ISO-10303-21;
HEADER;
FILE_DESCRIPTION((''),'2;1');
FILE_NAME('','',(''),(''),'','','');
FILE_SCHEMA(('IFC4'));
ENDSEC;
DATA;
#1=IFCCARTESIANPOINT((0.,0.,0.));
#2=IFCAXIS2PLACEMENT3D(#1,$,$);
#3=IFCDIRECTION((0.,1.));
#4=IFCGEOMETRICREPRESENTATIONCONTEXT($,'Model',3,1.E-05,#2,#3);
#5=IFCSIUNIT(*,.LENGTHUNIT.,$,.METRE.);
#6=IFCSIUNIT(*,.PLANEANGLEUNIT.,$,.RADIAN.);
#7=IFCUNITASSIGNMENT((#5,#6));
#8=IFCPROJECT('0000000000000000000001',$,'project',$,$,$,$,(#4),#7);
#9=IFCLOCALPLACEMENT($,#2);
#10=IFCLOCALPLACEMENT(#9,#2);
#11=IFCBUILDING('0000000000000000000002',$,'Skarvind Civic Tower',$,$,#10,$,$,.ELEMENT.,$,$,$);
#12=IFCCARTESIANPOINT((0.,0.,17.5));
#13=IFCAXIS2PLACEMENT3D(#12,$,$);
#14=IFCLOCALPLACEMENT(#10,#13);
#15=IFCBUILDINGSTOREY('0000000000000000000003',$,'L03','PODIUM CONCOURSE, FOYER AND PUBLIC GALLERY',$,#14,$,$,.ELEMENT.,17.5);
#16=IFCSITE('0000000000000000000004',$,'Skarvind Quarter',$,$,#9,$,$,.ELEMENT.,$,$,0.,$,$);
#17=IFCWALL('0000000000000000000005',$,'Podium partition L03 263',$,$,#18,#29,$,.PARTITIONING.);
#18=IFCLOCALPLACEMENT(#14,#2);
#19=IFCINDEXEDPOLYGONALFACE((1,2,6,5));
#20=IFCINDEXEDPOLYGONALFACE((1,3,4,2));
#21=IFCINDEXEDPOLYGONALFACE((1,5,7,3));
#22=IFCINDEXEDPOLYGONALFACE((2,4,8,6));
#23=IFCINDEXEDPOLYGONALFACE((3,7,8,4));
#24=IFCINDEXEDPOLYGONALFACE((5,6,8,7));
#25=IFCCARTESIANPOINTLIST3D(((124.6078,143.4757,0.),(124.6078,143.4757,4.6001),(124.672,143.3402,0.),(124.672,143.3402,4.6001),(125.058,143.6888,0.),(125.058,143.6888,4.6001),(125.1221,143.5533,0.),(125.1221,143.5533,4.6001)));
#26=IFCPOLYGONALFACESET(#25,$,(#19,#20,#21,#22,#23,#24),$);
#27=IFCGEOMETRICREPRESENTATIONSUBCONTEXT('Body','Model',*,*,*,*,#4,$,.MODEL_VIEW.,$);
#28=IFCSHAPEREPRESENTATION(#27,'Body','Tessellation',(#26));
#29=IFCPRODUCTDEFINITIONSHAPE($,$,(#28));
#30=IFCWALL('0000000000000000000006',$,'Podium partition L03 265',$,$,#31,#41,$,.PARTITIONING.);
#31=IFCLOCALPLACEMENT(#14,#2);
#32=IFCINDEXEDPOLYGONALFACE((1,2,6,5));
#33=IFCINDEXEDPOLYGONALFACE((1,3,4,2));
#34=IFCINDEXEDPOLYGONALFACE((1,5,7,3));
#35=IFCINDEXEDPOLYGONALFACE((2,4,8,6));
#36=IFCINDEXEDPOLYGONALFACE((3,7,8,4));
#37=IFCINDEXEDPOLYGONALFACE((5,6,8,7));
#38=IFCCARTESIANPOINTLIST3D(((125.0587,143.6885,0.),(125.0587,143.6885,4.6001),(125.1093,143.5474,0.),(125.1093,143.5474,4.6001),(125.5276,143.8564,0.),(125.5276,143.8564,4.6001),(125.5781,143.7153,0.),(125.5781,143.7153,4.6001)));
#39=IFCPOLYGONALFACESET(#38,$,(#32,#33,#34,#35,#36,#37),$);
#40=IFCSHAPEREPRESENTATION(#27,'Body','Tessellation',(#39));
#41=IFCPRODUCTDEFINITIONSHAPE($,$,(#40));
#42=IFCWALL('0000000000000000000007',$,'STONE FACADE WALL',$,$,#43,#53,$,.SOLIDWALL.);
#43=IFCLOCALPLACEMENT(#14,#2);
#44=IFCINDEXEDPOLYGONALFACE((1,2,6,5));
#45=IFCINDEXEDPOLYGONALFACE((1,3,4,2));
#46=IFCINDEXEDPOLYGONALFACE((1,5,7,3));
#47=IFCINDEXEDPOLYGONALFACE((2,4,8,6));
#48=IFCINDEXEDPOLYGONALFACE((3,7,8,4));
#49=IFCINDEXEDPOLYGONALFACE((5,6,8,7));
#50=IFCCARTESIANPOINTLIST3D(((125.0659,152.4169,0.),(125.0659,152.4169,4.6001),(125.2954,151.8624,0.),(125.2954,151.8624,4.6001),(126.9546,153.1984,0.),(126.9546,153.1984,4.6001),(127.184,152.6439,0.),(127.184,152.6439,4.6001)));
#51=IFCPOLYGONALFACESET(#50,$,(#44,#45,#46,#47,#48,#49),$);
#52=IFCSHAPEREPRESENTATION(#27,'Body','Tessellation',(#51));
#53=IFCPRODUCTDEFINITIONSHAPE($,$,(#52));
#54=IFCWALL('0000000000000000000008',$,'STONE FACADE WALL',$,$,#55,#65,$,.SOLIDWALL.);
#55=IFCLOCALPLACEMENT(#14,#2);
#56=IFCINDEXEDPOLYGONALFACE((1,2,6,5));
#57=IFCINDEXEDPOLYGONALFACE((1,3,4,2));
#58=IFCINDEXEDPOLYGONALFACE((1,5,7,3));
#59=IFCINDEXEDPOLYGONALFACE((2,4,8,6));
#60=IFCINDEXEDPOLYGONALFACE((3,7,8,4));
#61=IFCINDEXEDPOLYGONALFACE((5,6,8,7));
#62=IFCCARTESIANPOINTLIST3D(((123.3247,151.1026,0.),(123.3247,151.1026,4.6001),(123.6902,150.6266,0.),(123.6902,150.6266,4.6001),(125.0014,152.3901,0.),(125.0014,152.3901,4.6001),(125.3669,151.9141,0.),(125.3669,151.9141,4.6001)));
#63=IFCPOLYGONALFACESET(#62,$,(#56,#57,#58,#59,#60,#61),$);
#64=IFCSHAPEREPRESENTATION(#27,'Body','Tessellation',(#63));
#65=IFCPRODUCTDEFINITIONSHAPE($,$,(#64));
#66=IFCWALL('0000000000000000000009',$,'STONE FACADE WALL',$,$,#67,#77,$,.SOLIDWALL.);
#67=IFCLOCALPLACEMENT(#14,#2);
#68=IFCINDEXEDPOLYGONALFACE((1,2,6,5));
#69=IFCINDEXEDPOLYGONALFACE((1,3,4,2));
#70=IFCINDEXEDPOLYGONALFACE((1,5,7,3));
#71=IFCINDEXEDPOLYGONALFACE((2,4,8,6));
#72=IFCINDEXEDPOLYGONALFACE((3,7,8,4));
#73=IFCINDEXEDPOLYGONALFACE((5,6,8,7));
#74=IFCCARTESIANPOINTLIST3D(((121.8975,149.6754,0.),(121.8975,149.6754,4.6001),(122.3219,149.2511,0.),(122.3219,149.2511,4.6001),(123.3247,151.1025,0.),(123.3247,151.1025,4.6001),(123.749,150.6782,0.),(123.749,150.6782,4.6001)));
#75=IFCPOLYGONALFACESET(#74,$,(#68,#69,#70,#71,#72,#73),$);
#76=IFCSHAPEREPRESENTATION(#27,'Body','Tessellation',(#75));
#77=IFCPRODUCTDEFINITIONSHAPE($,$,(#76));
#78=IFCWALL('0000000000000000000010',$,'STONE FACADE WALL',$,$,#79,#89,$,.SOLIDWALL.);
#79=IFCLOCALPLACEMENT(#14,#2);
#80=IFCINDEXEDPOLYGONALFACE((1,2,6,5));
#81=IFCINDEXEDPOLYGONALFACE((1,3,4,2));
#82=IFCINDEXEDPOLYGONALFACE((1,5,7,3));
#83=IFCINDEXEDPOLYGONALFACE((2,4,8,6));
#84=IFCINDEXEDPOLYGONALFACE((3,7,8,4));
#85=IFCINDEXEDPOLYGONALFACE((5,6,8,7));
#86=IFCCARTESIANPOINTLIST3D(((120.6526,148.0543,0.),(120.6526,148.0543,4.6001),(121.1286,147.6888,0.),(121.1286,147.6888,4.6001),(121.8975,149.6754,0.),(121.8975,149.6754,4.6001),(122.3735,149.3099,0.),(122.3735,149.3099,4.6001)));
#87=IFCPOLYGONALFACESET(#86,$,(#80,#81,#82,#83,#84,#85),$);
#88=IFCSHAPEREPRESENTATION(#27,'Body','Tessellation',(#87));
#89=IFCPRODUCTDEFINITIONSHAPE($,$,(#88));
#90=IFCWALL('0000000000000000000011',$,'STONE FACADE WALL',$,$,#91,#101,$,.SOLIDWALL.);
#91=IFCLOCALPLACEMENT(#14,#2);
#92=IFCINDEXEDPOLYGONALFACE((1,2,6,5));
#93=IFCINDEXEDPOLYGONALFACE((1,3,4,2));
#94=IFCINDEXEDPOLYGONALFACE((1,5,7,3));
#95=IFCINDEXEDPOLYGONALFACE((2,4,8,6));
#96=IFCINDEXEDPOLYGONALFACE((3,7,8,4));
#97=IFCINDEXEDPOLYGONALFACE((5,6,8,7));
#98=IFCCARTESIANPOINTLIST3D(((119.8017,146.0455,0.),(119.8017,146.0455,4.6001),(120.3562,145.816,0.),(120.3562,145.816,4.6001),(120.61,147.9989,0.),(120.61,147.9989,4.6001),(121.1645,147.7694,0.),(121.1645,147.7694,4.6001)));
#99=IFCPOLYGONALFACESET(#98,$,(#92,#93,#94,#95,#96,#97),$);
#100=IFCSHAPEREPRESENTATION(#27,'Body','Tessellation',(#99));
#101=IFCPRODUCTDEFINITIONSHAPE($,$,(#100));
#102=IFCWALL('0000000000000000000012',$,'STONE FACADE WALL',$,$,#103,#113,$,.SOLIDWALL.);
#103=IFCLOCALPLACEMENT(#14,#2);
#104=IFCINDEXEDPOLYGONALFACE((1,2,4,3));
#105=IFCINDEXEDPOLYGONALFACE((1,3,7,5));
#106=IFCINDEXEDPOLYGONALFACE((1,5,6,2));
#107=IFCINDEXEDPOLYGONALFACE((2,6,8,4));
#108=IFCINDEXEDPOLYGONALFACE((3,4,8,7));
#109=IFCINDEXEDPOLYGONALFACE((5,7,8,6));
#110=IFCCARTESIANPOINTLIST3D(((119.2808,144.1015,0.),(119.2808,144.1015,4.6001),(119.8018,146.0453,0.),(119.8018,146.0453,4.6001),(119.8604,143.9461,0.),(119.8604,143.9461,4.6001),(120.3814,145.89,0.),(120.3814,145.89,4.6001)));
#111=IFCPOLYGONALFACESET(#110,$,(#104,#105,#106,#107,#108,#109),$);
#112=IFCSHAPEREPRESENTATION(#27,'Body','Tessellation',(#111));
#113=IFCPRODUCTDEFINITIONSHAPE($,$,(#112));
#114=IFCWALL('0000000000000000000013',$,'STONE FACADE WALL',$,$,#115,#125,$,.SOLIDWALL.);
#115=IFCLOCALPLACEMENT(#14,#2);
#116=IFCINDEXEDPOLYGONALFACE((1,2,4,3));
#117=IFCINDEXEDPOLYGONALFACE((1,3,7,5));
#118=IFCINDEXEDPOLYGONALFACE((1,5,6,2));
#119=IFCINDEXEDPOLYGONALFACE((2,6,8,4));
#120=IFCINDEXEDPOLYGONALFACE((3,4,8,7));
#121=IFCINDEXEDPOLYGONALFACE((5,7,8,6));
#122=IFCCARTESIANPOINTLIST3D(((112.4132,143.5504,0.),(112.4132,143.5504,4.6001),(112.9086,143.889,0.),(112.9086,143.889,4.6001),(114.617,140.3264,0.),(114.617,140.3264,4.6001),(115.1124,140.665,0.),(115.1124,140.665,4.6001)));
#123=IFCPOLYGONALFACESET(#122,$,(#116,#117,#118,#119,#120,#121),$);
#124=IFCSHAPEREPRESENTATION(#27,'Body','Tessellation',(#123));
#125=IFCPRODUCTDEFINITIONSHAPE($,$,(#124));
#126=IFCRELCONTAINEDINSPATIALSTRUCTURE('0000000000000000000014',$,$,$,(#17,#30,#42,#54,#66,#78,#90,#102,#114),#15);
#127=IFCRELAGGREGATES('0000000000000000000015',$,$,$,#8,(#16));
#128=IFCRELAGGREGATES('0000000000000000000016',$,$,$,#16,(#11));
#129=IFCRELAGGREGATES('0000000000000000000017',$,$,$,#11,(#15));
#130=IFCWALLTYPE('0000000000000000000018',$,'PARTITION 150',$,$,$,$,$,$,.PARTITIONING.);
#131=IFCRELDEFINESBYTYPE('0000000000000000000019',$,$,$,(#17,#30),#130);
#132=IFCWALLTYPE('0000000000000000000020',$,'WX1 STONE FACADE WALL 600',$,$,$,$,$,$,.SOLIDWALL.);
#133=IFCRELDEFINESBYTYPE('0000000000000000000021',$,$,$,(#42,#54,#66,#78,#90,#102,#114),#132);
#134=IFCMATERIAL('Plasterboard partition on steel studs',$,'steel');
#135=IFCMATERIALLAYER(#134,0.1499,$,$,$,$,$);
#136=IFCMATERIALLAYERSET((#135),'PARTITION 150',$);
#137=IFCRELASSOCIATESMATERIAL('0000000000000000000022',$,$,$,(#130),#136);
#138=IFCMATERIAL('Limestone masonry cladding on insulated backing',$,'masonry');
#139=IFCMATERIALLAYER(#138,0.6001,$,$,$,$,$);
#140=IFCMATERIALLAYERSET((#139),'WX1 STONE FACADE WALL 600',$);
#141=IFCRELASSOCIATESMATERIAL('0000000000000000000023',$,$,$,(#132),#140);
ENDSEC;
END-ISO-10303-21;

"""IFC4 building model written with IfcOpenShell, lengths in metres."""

from ifc_helpers import new_model, si_unit, direction, frame, frame_2d, origin, place, context, subcontext, project, spatial, rectangle, extrude, material, layer, layer_set, type_object, element, save


model = new_model("IFC4")

# Units and contexts
model_context = context("Model", 3, precision=1e-05, world=origin(), true_north=direction((0.0, 1.0)))
body_context = subcontext(model_context, "Body", "Model", "MODEL_VIEW")
ifc_project = project(units=[si_unit("LENGTHUNIT", "METRE"), si_unit("PLANEANGLEUNIT", "RADIAN")], contexts=[model_context])

# Site, building, storey
site_placement = place(None, origin())
site = spatial("IfcSite", under=ifc_project, at=site_placement, Name="Skarvind Quarter", CompositionType="ELEMENT", RefElevation=0.0)
building_placement = place(site_placement, origin())
building = spatial("IfcBuilding", under=site, at=building_placement, Name="Skarvind Civic Tower", CompositionType="ELEMENT")
storey_placement = place(building_placement, frame((0.0, 0.0, 17.5)))
storey = spatial("IfcBuildingStorey", under=building, at=storey_placement, Name="L03", Description="PODIUM CONCOURSE, FOYER AND PUBLIC GALLERY", CompositionType="ELEMENT", Elevation=17.5)

# Walls
ifc_material_1 = material(Name="Plasterboard partition on steel studs", Category="steel")
ifc_layer_1 = layer(ifc_material_1, 0.1499)
ifc_layer_set_1 = layer_set([ifc_layer_1], Name="PARTITION 150")
wall_type_1 = type_object("IfcWallType", Name="PARTITION 150", PredefinedType="PARTITIONING", material=ifc_layer_set_1)
for number, where, z_axis, x_axis, name in (
    (1, (124.6399, 143.408, 0.0), (0.0, 0.0, 1.0), (0.903828, 0.427897, 0.0), "Podium partition L03 263"),
    (2, (125.084, 143.6179, 0.0), (0.0, 0.0, 1.0), (0.941442, 0.337174, 0.0), "Podium partition L03 265"),
):
    element("IfcWall", number, at=place(storey_placement, frame(where, z_axis=z_axis, x_axis=x_axis)), inside=storey, type_object=wall_type_1, Name=name, PredefinedType="PARTITIONING", context=body_context, shape_type="SweptSolid", body=[
        extrude(rectangle(XDim=0.498, YDim=0.1499, at=frame_2d((0.249, 0.0))), origin(), (0.0, 0.0, 1.0), 4.6001),
    ])
ifc_material_2 = material(Name="Limestone masonry cladding on insulated backing", Category="masonry")
ifc_layer_2 = layer(ifc_material_2, 0.6001)
ifc_layer_set_2 = layer_set([ifc_layer_2], Name="WX1 STONE FACADE WALL 600")
wall_type_2 = type_object("IfcWallType", Name="WX1 STONE FACADE WALL 600", PredefinedType="SOLIDWALL", material=ifc_layer_set_2)
wall_1_placement = place(storey_placement, frame((125.1807, 152.1396, 0.0), z_axis=(0.0, 0.0, 1.0), x_axis=(0.924021, 0.382341, 0.0)))
element("IfcWall", 3, at=wall_1_placement, inside=storey, type_object=wall_type_2, Name="STONE FACADE WALL", PredefinedType="SOLIDWALL", context=body_context, shape_type="SweptSolid", body=[
    extrude(rectangle(XDim=2.0439, YDim=0.6001, at=frame_2d((1.022, 0.0))), origin(), (0.0, 0.0, 1.0), 4.6001),
])
wall_2_placement = place(storey_placement, frame((123.5073, 150.8645, 0.0), z_axis=(0.0, 0.0, 1.0), x_axis=(0.79313, 0.609052, 0.0)))
element("IfcWall", 4, at=wall_2_placement, inside=storey, type_object=wall_type_2, Name="STONE FACADE WALL", PredefinedType="SOLIDWALL", context=body_context, shape_type="SweptSolid", body=[
    extrude(rectangle(XDim=2.114, YDim=0.6001, at=frame_2d((1.0571, 0.0))), origin(), (0.0, 0.0, 1.0), 4.6001),
])
wall_3_placement = place(storey_placement, frame((122.1096, 149.4631, 0.0), z_axis=(0.0, 0.0, 1.0), x_axis=(0.707107, 0.707107, 0.0)))
element("IfcWall", 5, at=wall_3_placement, inside=storey, type_object=wall_type_2, Name="STONE FACADE WALL", PredefinedType="SOLIDWALL", context=body_context, shape_type="SweptSolid", body=[
    extrude(rectangle(XDim=2.0183, YDim=0.6001, at=frame_2d((1.0093, 0.0))), origin(), (0.0, 0.0, 1.0), 4.6001),
])
wall_4_placement = place(storey_placement, frame((120.8906, 147.8716, 0.0), z_axis=(0.0, 0.0, 1.0), x_axis=(0.609058, 0.793125, 0.0)))
element("IfcWall", 6, at=wall_4_placement, inside=storey, type_object=wall_type_2, Name="STONE FACADE WALL", PredefinedType="SOLIDWALL", context=body_context, shape_type="SweptSolid", body=[
    extrude(rectangle(XDim=2.0439, YDim=0.6001, at=frame_2d((1.022, 0.0))), origin(), (0.0, 0.0, 1.0), 4.6001),
])
wall_5_placement = place(storey_placement, frame((120.0789, 145.9307, 0.0), z_axis=(0.0, 0.0, 1.0), x_axis=(0.382376, 0.924007, 0.0)))
element("IfcWall", 7, at=wall_5_placement, inside=storey, type_object=wall_type_2, Name="STONE FACADE WALL", PredefinedType="SOLIDWALL", context=body_context, shape_type="SweptSolid", body=[
    extrude(rectangle(XDim=2.114, YDim=0.6001, at=frame_2d((1.0571, 0.0))), origin(), (0.0, 0.0, 1.0), 4.6001),
])
wall_6_placement = place(storey_placement, frame((119.5706, 144.0237, 0.0), z_axis=(0.0, 0.0, 1.0), x_axis=(0.258886, 0.965908, 0.0)))
element("IfcWall", 8, at=wall_6_placement, inside=storey, type_object=wall_type_2, Name="STONE FACADE WALL", PredefinedType="SOLIDWALL", context=body_context, shape_type="SweptSolid", body=[
    extrude(rectangle(XDim=2.0125, YDim=0.6001, at=frame_2d((1.0063, 0.0))), origin(), (0.0, 0.0, 1.0), 4.6001),
])
wall_7_placement = place(storey_placement, frame((112.6609, 143.7197, 0.0), z_axis=(0.0, 0.0, 1.0), x_axis=(0.564314, -0.82556, 0.0)))
element("IfcWall", 9, at=wall_7_placement, inside=storey, type_object=wall_type_2, Name="STONE FACADE WALL", PredefinedType="SOLIDWALL", context=body_context, shape_type="SweptSolid", body=[
    extrude(rectangle(XDim=3.9053, YDim=0.6001, at=frame_2d((1.9526, 0.0))), origin(), (0.0, 0.0, 1.0), 4.6001),
])

save(model, "model.ifc")
